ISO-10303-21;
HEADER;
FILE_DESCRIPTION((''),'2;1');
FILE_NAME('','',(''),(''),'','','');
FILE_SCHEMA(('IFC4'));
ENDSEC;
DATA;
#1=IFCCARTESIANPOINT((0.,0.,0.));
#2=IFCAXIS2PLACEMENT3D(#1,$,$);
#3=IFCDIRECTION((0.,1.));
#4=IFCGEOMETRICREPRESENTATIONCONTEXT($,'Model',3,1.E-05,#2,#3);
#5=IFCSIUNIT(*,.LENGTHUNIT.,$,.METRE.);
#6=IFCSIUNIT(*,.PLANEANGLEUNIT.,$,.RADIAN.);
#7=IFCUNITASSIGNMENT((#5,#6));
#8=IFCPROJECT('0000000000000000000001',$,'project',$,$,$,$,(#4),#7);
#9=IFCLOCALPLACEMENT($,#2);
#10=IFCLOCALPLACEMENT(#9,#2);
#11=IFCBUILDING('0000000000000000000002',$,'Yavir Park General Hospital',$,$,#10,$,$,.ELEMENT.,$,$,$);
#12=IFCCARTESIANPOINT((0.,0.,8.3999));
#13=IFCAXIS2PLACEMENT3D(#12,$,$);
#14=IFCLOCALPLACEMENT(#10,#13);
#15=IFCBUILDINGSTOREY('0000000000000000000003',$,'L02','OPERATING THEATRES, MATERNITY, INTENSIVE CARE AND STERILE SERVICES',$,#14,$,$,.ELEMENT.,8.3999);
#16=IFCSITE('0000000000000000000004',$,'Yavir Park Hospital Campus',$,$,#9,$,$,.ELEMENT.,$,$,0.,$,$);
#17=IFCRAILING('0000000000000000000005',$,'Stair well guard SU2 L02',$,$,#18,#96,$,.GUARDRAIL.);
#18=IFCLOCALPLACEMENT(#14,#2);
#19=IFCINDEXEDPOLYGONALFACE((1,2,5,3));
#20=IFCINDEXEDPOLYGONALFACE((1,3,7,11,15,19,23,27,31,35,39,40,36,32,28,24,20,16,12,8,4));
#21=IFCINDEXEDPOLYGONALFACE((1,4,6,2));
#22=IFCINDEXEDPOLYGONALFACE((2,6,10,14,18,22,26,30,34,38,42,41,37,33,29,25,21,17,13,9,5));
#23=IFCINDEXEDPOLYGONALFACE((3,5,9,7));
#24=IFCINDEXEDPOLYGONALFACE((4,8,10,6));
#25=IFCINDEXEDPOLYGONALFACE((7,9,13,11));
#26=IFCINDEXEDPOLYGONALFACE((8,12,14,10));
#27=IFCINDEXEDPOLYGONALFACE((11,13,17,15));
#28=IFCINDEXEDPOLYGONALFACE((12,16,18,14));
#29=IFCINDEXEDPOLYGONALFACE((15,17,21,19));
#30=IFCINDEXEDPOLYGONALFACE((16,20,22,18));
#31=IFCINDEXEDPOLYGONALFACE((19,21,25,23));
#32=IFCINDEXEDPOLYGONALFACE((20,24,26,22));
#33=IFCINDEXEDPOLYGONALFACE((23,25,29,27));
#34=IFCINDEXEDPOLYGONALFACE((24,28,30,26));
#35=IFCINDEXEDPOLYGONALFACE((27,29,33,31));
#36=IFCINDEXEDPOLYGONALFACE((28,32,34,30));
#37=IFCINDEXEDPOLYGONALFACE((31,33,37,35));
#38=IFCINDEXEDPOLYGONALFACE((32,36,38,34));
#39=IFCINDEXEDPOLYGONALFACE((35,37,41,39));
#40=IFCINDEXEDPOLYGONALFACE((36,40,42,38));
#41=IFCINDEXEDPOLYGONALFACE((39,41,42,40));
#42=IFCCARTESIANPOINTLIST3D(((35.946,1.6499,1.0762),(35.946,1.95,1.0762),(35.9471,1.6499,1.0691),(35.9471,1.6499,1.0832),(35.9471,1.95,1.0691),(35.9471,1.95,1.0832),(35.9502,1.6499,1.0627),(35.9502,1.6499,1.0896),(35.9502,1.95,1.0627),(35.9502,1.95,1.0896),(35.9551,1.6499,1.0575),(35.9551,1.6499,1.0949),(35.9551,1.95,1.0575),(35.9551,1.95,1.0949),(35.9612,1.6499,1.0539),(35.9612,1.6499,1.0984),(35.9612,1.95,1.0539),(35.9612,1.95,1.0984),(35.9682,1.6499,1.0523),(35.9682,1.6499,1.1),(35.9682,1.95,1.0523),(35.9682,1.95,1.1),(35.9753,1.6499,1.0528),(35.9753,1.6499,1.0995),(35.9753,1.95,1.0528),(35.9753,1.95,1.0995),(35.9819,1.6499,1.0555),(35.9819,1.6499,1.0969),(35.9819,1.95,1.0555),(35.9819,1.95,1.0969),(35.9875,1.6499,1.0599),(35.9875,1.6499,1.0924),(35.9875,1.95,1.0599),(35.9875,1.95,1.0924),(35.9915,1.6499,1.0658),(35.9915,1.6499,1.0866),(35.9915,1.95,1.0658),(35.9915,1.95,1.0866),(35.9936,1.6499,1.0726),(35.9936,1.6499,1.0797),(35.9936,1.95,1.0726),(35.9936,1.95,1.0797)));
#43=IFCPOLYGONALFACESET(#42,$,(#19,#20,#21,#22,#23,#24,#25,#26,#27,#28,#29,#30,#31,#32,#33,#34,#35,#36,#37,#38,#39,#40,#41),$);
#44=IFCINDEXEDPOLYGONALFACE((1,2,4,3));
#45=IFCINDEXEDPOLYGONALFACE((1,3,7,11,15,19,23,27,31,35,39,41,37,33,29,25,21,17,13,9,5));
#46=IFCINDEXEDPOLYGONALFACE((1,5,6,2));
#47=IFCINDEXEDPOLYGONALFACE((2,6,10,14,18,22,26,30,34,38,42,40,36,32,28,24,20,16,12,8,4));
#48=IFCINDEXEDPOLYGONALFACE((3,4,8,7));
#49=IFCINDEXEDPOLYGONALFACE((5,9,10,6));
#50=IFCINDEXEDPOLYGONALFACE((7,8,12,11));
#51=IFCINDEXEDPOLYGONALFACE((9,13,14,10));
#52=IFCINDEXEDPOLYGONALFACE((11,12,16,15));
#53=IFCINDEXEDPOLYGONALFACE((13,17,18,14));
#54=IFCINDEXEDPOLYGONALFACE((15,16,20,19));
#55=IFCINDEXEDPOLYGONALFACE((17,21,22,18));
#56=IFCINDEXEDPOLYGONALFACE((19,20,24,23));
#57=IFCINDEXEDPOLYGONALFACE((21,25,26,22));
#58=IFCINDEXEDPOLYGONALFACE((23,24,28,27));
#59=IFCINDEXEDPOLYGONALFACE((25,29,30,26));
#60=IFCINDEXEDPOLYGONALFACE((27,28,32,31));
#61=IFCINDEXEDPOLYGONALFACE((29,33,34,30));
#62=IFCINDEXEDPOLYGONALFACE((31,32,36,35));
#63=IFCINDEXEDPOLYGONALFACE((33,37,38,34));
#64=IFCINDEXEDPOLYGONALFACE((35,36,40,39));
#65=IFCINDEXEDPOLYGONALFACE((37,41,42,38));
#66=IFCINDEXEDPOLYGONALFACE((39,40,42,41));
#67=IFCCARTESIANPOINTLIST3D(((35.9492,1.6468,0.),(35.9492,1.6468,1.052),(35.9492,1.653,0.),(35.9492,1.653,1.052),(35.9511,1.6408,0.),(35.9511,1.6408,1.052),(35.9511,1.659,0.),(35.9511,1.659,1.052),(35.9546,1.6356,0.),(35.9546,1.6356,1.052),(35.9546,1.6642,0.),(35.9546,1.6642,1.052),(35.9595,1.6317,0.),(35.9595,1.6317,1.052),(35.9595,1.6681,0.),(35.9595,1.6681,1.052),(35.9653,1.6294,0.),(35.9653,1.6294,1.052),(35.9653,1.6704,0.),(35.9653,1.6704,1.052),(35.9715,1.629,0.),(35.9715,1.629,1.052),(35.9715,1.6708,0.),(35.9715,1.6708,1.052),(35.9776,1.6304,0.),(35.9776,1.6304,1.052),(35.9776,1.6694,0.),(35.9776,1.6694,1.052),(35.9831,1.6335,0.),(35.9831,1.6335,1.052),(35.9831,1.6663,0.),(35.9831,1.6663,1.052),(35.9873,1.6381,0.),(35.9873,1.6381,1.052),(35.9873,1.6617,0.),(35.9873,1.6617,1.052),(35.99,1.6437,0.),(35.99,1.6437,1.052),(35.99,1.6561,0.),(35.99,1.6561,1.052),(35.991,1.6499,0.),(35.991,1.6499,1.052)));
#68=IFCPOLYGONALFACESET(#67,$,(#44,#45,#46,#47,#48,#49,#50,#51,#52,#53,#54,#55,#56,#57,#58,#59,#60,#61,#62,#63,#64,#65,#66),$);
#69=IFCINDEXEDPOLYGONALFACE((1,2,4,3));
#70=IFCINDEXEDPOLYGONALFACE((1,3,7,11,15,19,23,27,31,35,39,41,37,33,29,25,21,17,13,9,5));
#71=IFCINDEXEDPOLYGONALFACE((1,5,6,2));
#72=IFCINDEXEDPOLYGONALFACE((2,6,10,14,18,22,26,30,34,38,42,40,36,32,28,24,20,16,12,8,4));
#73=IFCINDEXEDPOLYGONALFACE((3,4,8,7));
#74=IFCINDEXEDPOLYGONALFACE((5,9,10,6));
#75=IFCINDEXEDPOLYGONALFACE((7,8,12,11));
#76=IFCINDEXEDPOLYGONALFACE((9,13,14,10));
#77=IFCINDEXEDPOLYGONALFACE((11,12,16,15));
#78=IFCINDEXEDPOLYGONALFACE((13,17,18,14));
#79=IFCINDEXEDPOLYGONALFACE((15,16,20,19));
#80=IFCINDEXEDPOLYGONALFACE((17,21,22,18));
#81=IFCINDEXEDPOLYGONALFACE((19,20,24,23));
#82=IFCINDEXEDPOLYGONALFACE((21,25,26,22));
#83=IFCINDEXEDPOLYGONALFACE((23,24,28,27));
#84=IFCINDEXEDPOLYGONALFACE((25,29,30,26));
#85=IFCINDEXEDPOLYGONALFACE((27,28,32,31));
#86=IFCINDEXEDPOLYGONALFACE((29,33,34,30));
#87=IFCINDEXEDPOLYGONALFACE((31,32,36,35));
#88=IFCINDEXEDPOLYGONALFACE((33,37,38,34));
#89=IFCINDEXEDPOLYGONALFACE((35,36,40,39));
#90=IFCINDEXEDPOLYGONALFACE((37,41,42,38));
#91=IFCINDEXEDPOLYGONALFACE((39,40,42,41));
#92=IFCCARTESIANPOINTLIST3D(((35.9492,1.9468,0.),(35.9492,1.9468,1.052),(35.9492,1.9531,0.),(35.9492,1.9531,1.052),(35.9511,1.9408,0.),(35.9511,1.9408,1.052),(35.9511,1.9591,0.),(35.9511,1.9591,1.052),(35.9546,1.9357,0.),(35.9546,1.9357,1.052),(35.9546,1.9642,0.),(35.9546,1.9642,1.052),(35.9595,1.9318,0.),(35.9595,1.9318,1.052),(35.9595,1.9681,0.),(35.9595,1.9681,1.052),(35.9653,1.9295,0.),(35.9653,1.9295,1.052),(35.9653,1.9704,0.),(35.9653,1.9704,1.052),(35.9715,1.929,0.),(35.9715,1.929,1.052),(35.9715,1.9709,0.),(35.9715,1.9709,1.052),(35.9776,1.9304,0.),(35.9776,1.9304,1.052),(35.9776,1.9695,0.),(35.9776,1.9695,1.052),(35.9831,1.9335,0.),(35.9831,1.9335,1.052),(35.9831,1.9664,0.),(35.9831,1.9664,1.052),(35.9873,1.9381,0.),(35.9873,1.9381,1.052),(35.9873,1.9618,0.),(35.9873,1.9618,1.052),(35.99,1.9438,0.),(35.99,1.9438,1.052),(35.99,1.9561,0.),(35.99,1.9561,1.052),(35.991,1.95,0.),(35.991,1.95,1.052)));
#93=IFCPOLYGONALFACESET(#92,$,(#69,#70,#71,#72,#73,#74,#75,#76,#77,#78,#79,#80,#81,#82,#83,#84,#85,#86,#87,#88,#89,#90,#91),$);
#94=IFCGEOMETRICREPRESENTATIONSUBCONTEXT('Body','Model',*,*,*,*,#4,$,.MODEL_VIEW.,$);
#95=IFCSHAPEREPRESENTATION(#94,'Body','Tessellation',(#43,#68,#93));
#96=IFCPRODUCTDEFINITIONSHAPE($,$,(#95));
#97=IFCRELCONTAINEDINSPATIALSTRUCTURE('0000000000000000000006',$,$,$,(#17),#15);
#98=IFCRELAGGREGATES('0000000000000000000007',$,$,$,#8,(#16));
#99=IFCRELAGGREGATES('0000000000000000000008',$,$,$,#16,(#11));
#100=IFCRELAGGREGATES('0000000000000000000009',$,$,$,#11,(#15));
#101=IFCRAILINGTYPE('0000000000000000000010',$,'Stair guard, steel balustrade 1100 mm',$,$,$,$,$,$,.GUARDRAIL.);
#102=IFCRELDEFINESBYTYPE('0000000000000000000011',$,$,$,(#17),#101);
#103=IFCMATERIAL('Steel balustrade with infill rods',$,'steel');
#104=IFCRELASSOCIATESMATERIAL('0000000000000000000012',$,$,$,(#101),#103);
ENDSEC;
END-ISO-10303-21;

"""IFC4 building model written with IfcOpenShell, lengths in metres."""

from ifc_helpers import new_model, si_unit, direction, frame, origin, origin_2d, place, context, subcontext, project, spatial, circle, extrude, material, type_object, element, save


model = new_model("IFC4")

# Units and contexts
model_context = context("Model", 3, precision=1e-05, world=origin(), true_north=direction((0.0, 1.0)))
body_context = subcontext(model_context, "Body", "Model", "MODEL_VIEW")
ifc_project = project(units=[si_unit("LENGTHUNIT", "METRE"), si_unit("PLANEANGLEUNIT", "RADIAN")], contexts=[model_context])

# Site, building, storey
site_placement = place(None, origin())
site = spatial("IfcSite", under=ifc_project, at=site_placement, Name="Yavir Park Hospital Campus", CompositionType="ELEMENT", RefElevation=0.0)
building_placement = place(site_placement, origin())
building = spatial("IfcBuilding", under=site, at=building_placement, Name="Yavir Park General Hospital", CompositionType="ELEMENT")
storey_placement = place(building_placement, frame((0.0, 0.0, 8.3999)))
storey = spatial("IfcBuildingStorey", under=building, at=storey_placement, Name="L02", Description="OPERATING THEATRES, MATERNITY, INTENSIVE CARE AND STERILE SERVICES", CompositionType="ELEMENT", Elevation=8.3999)

# Railing
ifc_material_1 = material(Name="Steel balustrade with infill rods", Category="steel")
railing_type_1 = type_object("IfcRailingType", Name="Stair guard, steel balustrade 1100 mm", PredefinedType="GUARDRAIL", material=ifc_material_1)
railing_placement = place(storey_placement, frame((35.97, 1.6499, 0.0)))
element("IfcRailing", 1, at=railing_placement, inside=storey, type_object=railing_type_1, Name="Stair well guard SU2 L02", PredefinedType="GUARDRAIL", context=body_context, shape_type="SweptSolid", body=[
    extrude(circle(Radius=0.0239, at=origin_2d()), frame((0.0, 0.0, 1.0762), z_axis=(0.0, 1.0, 0.0), x_axis=(-1.0, 0.0, 0.0)), (0.0, 0.0, 1.0), 0.3),
    extrude(circle(Radius=0.021, at=origin_2d()), origin(), (0.0, 0.0, 1.0), 1.052),
    extrude(circle(Radius=0.021, at=origin_2d()), frame((0.0, 0.3, 0.0)), (0.0, 0.0, 1.0), 1.052),
])

save(model, "model.ifc")
